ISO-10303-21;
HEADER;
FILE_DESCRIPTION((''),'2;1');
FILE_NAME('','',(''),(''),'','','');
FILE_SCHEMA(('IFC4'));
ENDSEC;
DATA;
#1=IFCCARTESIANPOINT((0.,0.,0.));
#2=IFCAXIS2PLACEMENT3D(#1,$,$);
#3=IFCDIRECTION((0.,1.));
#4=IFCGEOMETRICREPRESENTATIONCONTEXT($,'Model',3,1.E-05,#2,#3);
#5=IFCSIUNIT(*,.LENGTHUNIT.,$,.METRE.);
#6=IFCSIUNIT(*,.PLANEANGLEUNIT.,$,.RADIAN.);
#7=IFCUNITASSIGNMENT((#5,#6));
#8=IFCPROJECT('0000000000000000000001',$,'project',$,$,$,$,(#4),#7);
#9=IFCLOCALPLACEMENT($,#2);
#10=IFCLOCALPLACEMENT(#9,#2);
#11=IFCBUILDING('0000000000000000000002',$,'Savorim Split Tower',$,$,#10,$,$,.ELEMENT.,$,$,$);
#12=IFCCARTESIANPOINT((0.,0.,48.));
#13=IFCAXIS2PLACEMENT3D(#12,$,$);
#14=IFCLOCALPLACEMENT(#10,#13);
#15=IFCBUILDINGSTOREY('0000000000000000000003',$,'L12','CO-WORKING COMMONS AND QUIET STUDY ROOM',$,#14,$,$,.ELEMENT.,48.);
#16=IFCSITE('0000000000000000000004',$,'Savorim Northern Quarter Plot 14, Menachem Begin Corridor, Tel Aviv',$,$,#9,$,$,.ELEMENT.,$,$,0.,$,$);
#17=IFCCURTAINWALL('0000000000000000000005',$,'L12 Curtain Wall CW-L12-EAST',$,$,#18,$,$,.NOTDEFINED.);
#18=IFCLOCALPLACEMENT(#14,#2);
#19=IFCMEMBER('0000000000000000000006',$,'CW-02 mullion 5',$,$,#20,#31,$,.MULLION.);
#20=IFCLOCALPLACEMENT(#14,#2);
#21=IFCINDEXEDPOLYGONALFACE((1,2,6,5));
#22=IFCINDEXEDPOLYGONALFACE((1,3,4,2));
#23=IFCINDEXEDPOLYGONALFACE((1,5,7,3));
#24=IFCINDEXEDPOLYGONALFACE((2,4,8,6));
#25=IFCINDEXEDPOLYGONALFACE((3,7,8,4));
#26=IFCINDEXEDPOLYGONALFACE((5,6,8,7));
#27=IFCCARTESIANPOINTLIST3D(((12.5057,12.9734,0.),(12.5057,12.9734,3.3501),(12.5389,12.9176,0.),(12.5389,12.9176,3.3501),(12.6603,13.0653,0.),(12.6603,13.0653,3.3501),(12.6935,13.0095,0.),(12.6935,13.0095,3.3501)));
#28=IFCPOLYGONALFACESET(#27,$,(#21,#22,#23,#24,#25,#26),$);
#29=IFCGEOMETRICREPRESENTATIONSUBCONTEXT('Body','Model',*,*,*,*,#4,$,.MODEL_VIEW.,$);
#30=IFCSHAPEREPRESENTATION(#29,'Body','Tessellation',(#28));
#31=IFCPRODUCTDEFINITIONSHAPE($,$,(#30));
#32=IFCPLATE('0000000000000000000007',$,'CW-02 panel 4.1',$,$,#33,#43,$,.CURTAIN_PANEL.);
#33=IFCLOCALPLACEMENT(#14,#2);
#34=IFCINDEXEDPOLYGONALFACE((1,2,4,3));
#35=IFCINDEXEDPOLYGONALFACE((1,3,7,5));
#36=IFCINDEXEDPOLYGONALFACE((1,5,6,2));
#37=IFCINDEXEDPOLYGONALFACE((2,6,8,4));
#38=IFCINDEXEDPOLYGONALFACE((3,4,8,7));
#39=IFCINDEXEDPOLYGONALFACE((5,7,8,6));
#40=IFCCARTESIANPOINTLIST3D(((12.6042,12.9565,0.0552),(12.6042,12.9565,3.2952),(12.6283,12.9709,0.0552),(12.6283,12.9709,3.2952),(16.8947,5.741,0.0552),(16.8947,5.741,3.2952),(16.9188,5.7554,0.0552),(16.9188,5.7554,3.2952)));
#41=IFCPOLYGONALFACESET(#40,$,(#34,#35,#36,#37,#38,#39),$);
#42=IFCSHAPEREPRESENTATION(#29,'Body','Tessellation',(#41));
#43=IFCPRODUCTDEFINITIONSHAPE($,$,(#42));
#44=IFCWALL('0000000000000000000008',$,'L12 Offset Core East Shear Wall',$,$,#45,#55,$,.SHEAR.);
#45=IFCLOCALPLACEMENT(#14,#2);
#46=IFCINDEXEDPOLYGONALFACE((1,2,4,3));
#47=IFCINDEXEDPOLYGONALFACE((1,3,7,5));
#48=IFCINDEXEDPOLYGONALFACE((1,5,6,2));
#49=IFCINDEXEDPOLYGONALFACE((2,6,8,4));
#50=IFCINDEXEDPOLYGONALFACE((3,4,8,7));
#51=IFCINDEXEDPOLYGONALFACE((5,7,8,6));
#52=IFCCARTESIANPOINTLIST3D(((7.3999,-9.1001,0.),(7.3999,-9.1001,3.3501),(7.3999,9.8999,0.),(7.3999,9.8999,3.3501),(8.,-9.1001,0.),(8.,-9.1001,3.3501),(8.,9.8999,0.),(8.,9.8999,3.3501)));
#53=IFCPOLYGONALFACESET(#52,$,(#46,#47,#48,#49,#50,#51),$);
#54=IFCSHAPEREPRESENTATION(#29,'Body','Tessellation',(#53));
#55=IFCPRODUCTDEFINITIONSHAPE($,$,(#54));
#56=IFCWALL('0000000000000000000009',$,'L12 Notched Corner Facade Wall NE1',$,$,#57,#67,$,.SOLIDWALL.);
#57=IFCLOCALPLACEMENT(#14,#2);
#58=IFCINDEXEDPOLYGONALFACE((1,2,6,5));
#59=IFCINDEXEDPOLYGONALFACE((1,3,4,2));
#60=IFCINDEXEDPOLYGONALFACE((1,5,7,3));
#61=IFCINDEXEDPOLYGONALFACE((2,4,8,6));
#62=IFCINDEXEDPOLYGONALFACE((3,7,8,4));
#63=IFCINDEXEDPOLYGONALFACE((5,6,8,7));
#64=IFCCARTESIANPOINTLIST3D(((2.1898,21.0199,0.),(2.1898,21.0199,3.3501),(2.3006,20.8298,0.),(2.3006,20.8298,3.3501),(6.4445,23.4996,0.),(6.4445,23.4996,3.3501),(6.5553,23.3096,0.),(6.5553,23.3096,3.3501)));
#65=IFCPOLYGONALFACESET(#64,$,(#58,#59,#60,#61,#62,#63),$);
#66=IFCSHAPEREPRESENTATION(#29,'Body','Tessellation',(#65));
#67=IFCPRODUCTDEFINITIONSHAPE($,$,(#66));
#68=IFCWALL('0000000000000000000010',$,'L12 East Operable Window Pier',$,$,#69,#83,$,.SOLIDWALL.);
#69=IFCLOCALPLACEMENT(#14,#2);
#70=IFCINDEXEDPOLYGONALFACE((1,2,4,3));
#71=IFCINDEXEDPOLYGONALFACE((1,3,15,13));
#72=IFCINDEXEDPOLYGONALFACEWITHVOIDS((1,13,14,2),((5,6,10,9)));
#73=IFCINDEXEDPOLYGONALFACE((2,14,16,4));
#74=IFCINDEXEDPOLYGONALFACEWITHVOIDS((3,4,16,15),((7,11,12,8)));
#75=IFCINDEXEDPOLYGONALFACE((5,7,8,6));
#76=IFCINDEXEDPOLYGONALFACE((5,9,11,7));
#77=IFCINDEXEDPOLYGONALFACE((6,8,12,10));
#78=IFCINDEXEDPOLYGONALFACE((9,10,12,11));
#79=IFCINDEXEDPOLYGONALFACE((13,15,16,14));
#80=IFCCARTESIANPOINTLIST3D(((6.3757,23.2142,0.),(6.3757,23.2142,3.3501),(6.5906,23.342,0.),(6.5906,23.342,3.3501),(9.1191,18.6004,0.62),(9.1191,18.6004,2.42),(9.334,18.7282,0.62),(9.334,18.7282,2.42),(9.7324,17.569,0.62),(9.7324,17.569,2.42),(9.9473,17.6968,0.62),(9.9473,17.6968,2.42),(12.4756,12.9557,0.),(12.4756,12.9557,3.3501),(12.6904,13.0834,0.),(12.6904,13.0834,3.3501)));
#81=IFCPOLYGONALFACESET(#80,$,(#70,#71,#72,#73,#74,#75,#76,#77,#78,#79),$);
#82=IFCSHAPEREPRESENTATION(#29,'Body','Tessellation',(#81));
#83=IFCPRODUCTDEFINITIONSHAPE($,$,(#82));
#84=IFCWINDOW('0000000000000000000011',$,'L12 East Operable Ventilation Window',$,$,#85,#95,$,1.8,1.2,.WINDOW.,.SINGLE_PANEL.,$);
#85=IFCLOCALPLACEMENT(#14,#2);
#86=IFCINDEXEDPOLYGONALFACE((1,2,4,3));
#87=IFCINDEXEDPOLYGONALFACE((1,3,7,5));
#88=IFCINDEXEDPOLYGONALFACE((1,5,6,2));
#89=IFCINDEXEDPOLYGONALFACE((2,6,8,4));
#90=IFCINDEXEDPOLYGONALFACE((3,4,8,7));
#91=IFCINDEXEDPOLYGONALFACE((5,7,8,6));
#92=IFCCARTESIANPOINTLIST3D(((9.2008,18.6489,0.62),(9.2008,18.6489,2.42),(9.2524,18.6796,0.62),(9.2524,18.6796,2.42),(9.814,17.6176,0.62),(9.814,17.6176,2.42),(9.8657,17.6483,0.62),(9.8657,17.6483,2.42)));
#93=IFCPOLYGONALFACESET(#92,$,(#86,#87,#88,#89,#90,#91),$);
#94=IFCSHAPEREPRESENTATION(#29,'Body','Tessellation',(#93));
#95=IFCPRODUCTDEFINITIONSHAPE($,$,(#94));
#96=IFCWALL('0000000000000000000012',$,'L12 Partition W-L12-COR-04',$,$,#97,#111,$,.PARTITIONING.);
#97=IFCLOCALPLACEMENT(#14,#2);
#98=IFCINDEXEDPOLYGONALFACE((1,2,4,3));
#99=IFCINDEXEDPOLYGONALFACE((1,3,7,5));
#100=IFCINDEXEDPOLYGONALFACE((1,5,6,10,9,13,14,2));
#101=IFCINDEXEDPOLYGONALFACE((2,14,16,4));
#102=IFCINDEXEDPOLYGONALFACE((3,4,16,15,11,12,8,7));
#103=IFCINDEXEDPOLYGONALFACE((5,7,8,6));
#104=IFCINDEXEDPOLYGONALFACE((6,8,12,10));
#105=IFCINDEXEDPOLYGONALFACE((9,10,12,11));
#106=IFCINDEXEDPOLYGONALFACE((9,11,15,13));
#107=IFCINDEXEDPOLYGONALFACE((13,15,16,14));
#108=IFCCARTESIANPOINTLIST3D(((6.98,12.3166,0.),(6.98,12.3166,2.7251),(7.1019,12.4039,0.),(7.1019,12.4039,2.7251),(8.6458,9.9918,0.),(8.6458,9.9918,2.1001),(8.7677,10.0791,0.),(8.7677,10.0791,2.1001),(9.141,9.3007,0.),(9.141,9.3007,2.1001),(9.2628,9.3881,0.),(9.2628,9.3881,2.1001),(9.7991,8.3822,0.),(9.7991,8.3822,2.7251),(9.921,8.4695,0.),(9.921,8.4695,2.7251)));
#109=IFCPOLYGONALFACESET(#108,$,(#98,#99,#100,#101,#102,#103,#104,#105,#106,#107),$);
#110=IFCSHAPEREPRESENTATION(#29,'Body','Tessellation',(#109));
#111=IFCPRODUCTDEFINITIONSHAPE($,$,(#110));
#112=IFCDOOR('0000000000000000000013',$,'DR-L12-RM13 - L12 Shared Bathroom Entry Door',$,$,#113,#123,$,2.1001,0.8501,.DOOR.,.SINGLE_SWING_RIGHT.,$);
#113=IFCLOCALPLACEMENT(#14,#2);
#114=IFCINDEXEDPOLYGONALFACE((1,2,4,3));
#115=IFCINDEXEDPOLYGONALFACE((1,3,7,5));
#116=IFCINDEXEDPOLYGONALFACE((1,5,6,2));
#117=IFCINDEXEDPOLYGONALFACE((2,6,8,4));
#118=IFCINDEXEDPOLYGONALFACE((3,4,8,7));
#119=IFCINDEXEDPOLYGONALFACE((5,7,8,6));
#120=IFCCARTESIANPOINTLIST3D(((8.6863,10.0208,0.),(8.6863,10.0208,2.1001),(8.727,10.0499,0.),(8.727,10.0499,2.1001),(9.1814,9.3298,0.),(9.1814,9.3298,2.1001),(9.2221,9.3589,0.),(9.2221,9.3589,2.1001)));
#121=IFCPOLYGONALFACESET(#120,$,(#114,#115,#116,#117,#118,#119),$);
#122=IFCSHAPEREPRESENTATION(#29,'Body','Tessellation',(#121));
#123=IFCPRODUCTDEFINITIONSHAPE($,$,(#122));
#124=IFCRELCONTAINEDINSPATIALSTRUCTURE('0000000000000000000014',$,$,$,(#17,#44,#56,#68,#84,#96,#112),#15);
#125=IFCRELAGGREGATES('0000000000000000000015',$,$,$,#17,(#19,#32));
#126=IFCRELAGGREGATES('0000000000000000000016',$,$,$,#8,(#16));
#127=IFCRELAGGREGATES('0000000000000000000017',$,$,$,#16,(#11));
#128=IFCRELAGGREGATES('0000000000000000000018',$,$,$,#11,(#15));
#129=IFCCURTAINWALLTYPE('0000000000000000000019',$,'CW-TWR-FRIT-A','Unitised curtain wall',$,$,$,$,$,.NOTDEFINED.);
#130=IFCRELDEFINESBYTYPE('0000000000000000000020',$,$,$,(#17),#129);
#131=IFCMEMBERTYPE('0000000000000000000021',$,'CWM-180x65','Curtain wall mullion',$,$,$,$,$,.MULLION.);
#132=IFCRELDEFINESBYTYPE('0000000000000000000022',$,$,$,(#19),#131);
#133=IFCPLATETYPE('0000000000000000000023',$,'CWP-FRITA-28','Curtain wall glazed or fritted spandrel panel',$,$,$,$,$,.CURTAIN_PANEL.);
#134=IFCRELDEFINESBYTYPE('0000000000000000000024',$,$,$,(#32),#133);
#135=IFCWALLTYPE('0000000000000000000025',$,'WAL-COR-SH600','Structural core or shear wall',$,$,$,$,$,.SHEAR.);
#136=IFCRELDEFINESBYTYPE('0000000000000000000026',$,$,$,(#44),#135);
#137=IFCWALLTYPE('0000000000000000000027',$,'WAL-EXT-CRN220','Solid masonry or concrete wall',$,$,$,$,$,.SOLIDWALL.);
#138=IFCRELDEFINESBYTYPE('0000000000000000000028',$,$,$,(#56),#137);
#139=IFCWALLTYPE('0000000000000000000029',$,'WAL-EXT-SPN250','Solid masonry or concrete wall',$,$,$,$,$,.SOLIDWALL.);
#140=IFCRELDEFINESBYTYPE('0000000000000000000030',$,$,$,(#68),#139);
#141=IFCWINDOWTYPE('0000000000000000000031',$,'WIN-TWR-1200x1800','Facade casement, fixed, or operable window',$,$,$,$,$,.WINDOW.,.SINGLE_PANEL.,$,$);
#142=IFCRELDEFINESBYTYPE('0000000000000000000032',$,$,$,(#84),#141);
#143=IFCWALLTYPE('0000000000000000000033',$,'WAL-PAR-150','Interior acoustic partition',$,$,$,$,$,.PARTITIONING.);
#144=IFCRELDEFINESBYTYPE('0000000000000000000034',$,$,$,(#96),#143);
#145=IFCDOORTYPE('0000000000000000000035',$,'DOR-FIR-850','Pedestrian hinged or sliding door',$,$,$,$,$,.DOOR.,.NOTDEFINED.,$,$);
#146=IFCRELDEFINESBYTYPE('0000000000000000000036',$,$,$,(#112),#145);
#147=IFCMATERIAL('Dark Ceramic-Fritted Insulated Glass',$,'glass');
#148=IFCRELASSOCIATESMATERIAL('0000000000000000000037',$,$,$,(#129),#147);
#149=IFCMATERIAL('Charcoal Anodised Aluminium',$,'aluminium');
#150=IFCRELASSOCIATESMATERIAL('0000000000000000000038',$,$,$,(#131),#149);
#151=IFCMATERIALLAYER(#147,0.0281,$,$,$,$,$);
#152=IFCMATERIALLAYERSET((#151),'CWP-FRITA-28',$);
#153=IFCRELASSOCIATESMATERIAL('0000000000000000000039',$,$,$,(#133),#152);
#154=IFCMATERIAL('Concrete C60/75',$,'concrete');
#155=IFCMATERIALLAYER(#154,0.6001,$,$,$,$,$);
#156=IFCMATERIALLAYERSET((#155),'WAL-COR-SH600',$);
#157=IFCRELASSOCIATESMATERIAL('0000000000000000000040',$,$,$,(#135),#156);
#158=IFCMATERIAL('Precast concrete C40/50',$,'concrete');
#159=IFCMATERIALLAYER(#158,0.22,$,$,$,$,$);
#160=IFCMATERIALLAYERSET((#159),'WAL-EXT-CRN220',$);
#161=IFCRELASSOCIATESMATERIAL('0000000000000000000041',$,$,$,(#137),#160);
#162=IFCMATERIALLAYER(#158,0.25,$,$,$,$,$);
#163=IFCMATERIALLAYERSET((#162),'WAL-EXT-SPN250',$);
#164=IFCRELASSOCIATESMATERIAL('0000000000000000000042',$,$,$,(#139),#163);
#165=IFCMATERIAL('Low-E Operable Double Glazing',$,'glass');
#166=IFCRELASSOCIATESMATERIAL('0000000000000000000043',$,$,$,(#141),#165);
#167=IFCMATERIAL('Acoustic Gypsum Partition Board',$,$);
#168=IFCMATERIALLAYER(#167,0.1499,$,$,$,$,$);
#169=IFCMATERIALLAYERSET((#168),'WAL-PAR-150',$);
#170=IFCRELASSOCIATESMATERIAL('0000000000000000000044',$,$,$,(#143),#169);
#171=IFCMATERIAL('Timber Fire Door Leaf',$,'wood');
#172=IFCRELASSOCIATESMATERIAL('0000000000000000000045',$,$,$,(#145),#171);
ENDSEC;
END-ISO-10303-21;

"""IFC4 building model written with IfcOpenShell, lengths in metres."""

from ifc_helpers import new_model, si_unit, direction, frame, frame_2d, origin, origin_2d, place, context, subcontext, project, spatial, rectangle, extrude, material, layer, layer_set, material_profile, profile_set, type_object, element, fill, aggregate, save


model = new_model("IFC4")

# Units and contexts
model_context = context("Model", 3, precision=1e-05, world=origin(), true_north=direction((0.0, 1.0)))
body_context = subcontext(model_context, "Body", "Model", "MODEL_VIEW")
ifc_project = project(units=[si_unit("LENGTHUNIT", "METRE"), si_unit("PLANEANGLEUNIT", "RADIAN")], contexts=[model_context])

# Site, building, storey
site_placement = place(None, origin())
site = spatial("IfcSite", under=ifc_project, at=site_placement, Name="Savorim Northern Quarter Plot 14, Menachem Begin Corridor, Tel Aviv", CompositionType="ELEMENT", RefElevation=0.0)
building_placement = place(site_placement, origin())
building = spatial("IfcBuilding", under=site, at=building_placement, Name="Savorim Split Tower", CompositionType="ELEMENT")
storey_placement = place(building_placement, frame((0.0, 0.0, 48.0)))
storey = spatial("IfcBuildingStorey", under=building, at=storey_placement, Name="L12", Description="CO-WORKING COMMONS AND QUIET STUDY ROOM", CompositionType="ELEMENT", Elevation=48.0)

# Curtain wall, member, plate
ifc_material_1 = material(Name="Dark Ceramic-Fritted Insulated Glass", Category="glass")
curtain_wall_type = type_object("IfcCurtainWallType", Name="CW-TWR-FRIT-A", Description="Unitised curtain wall", PredefinedType="NOTDEFINED", material=ifc_material_1)
curtain_wall_placement = place(storey_placement, origin())
curtain_wall = element("IfcCurtainWall", 1, at=curtain_wall_placement, inside=storey, type_object=curtain_wall_type, Name="L12 Curtain Wall CW-L12-EAST", PredefinedType="NOTDEFINED")
ifc_material_2 = material(Name="Charcoal Anodised Aluminium", Category="aluminium")
ifc_material_profile_1 = material_profile(ifc_material_2, rectangle(XDim=0.1799, YDim=0.0649, at=origin_2d()), Name="ALU-M 180x65")
ifc_profile_set_1 = profile_set([ifc_material_profile_1], Name="Charcoal Anodised Aluminium")
member_type = type_object("IfcMemberType", Name="CWM-180x65", Description="Curtain wall mullion", PredefinedType="MULLION", material=ifc_profile_set_1)
member_placement = place(storey_placement, frame((12.5996, 12.9915, 0.0), z_axis=(0.0, 0.0, 1.0), x_axis=(-0.859526, -0.511092, 0.0)))
member = element("IfcMember", 2, at=member_placement, type_object=member_type, Name="CW-02 mullion 5", PredefinedType="MULLION", context=body_context, shape_type="SweptSolid", body=[
    extrude(rectangle(XDim=0.1799, YDim=0.0649, at=origin_2d()), origin(), (0.0, 0.0, 1.0), 3.3501),
])
ifc_layer_1 = layer(ifc_material_1, 0.0281)
ifc_layer_set_1 = layer_set([ifc_layer_1], Name="CWP-FRITA-28")
plate_type = type_object("IfcPlateType", Name="CWP-FRITA-28", Description="Curtain wall glazed or fritted spandrel panel", PredefinedType="CURTAIN_PANEL", material=ifc_layer_set_1)
plate_placement = place(storey_placement, frame((14.7615, 9.356, 0.0552), z_axis=(0.0, 0.0, 1.0), x_axis=(-0.511092, 0.859526, 0.0)))
plate = element("IfcPlate", 3, at=plate_placement, type_object=plate_type, Name="CW-02 panel 4.1", PredefinedType="CURTAIN_PANEL", context=body_context, shape_type="SweptSolid", body=[
    extrude(rectangle(XDim=8.3948, YDim=0.0281, at=origin_2d()), origin(), (0.0, 0.0, 1.0), 3.24),
])
aggregate(curtain_wall, [member, plate])

# Shared definitions
ifc_material_3 = material(Name="Concrete C60/75", Category="concrete")
ifc_layer_2 = layer(ifc_material_3, 0.6001)
ifc_layer_set_2 = layer_set([ifc_layer_2], Name="WAL-COR-SH600")
wall_type_1 = type_object("IfcWallType", Name="WAL-COR-SH600", Description="Structural core or shear wall", PredefinedType="SHEAR", material=ifc_layer_set_2)
ifc_material_4 = material(Name="Timber Fire Door Leaf", Category="wood")

# Walls
wall_1_placement = place(storey_placement, frame((7.7, 9.8999, 0.0), z_axis=(0.0, 0.0, 1.0), x_axis=(0.0, -1.0, 0.0)))
element("IfcWall", 4, at=wall_1_placement, inside=storey, type_object=wall_type_1, Name="L12 Offset Core East Shear Wall", PredefinedType="SHEAR", context=body_context, shape_type="SweptSolid", body=[
    extrude(rectangle(XDim=19.0, YDim=0.6001, at=frame_2d((9.5, 0.0))), origin(), (0.0, 0.0, 1.0), 3.3501),
])
ifc_material_5 = material(Name="Precast concrete C40/50", Category="concrete")
ifc_layer_3 = layer(ifc_material_5, 0.22)
ifc_layer_set_3 = layer_set([ifc_layer_3], Name="WAL-EXT-CRN220")
wall_type_2 = type_object("IfcWallType", Name="WAL-EXT-CRN220", Description="Solid masonry or concrete wall", PredefinedType="SOLIDWALL", material=ifc_layer_set_3)
wall_2_placement = place(storey_placement, frame((2.2451, 20.9248, 0.0), z_axis=(0.0, 0.0, 1.0), x_axis=(0.863968, 0.503547, 0.0)))
element("IfcWall", 5, at=wall_2_placement, inside=storey, type_object=wall_type_2, Name="L12 Notched Corner Facade Wall NE1", PredefinedType="SOLIDWALL", context=body_context, shape_type="SweptSolid", body=[
    extrude(rectangle(XDim=4.9246, YDim=0.22, at=frame_2d((2.4624, 0.0))), origin(), (0.0, 0.0, 1.0), 3.3501),
])

# Wall, opening, window
ifc_layer_4 = layer(ifc_material_5, 0.25)
ifc_layer_set_4 = layer_set([ifc_layer_4], Name="WAL-EXT-SPN250")
wall_type_3 = type_object("IfcWallType", Name="WAL-EXT-SPN250", Description="Solid masonry or concrete wall", PredefinedType="SOLIDWALL", material=ifc_layer_set_4)
wall_3_placement = place(storey_placement, frame((6.4832, 23.2781, 0.0), z_axis=(0.0, 0.0, 1.0), x_axis=(0.511086, -0.859529, 0.0)))
wall_3 = element("IfcWall", 6, at=wall_3_placement, inside=storey, type_object=wall_type_3, Name="L12 East Operable Window Pier", PredefinedType="SOLIDWALL", context=body_context, shape_type="SweptSolid", body=[
    extrude(rectangle(XDim=11.9351, YDim=0.25, at=frame_2d((5.9675, 0.0))), origin(), (0.0, 0.0, 1.0), 3.3501),
])
opening_1_placement = place(wall_3_placement, frame((5.3677, 0.0, 0.6201)))
opening_1 = element("IfcOpeningElement", 7, at=opening_1_placement, cuts=wall_3, PredefinedType="OPENING", context=body_context, shape_type="SweptSolid", body=[
    extrude(rectangle(XDim=1.2, YDim=1.8, at=frame_2d((0.6001, 0.8999))), frame((0.0, 0.135, 0.0), z_axis=(0.0, -1.0, 0.0), x_axis=(1.0, 0.0, 0.0)), (0.0, 0.0, 1.0), 0.27),
])
ifc_material_6 = material(Name="Low-E Operable Double Glazing", Category="glass")
window_type = type_object("IfcWindowType", Name="WIN-TWR-1200x1800", Description="Facade casement, fixed, or operable window", PartitioningType="SINGLE_PANEL", PredefinedType="WINDOW", material=ifc_material_6)
window_placement = place(opening_1_placement, origin())
window = element("IfcWindow", 8, at=window_placement, inside=storey, type_object=window_type, Name="L12 East Operable Ventilation Window", OverallHeight=1.8, OverallWidth=1.2, PartitioningType="SINGLE_PANEL", PredefinedType="WINDOW", context=body_context, shape_type="SweptSolid", body=[
    extrude(rectangle(XDim=1.2, YDim=1.8, at=frame_2d((0.6001, 0.8999))), frame((0.0, 0.03, 0.0), z_axis=(0.0, -1.0, 0.0), x_axis=(1.0, 0.0, 0.0)), (0.0, 0.0, 1.0), 0.0601),
])
fill(opening_1, window)

# Wall, opening, door
ifc_material_7 = material(Name="Acoustic Gypsum Partition Board")
ifc_layer_5 = layer(ifc_material_7, 0.1499)
ifc_layer_set_5 = layer_set([ifc_layer_5], Name="WAL-PAR-150")
wall_type_4 = type_object("IfcWallType", Name="WAL-PAR-150", Description="Interior acoustic partition", PredefinedType="PARTITIONING", material=ifc_layer_set_5)
wall_4_placement = place(storey_placement, frame((7.041, 12.3601, 0.0), z_axis=(0.0, 0.0, 1.0), x_axis=(0.58245, -0.812867, 0.0)))
wall_4 = element("IfcWall", 9, at=wall_4_placement, inside=storey, type_object=wall_type_4, Name="L12 Partition W-L12-COR-04", PredefinedType="PARTITIONING", context=body_context, shape_type="SweptSolid", body=[
    extrude(rectangle(XDim=4.8401, YDim=0.1499, at=frame_2d((2.4199, 0.0))), origin(), (0.0, 0.0, 1.0), 2.7251),
])
opening_2_placement = place(wall_4_placement, frame((2.8599, 0.0, 0.0)))
opening_2 = element("IfcOpeningElement", 10, at=opening_2_placement, cuts=wall_4, PredefinedType="OPENING", context=body_context, shape_type="SweptSolid", body=[
    extrude(rectangle(XDim=0.8501, YDim=2.1001, at=frame_2d((0.425, 1.05))), frame((0.0, 0.085, 0.0), z_axis=(0.0, -1.0, 0.0), x_axis=(1.0, 0.0, 0.0)), (0.0, 0.0, 1.0), 0.1699),
])
door_type_1 = type_object("IfcDoorType", Name="DOR-FIR-850", Description="Pedestrian hinged or sliding door", OperationType="NOTDEFINED", PredefinedType="DOOR", material=ifc_material_4)
door_1_placement = place(opening_2_placement, origin())
door_1 = element("IfcDoor", 11, at=door_1_placement, inside=storey, type_object=door_type_1, Name="DR-L12-RM13 - L12 Shared Bathroom Entry Door", OperationType="SINGLE_SWING_RIGHT", OverallHeight=2.1001, OverallWidth=0.8501, PredefinedType="DOOR", context=body_context, shape_type="SweptSolid", body=[
    extrude(rectangle(XDim=0.8501, YDim=2.1001, at=frame_2d((0.425, 1.05))), frame((0.0, 0.0249, 0.0), z_axis=(0.0, -1.0, 0.0), x_axis=(1.0, 0.0, 0.0)), (0.0, 0.0, 1.0), 0.05),
])
fill(opening_2, door_1)

save(model, "model.ifc")
